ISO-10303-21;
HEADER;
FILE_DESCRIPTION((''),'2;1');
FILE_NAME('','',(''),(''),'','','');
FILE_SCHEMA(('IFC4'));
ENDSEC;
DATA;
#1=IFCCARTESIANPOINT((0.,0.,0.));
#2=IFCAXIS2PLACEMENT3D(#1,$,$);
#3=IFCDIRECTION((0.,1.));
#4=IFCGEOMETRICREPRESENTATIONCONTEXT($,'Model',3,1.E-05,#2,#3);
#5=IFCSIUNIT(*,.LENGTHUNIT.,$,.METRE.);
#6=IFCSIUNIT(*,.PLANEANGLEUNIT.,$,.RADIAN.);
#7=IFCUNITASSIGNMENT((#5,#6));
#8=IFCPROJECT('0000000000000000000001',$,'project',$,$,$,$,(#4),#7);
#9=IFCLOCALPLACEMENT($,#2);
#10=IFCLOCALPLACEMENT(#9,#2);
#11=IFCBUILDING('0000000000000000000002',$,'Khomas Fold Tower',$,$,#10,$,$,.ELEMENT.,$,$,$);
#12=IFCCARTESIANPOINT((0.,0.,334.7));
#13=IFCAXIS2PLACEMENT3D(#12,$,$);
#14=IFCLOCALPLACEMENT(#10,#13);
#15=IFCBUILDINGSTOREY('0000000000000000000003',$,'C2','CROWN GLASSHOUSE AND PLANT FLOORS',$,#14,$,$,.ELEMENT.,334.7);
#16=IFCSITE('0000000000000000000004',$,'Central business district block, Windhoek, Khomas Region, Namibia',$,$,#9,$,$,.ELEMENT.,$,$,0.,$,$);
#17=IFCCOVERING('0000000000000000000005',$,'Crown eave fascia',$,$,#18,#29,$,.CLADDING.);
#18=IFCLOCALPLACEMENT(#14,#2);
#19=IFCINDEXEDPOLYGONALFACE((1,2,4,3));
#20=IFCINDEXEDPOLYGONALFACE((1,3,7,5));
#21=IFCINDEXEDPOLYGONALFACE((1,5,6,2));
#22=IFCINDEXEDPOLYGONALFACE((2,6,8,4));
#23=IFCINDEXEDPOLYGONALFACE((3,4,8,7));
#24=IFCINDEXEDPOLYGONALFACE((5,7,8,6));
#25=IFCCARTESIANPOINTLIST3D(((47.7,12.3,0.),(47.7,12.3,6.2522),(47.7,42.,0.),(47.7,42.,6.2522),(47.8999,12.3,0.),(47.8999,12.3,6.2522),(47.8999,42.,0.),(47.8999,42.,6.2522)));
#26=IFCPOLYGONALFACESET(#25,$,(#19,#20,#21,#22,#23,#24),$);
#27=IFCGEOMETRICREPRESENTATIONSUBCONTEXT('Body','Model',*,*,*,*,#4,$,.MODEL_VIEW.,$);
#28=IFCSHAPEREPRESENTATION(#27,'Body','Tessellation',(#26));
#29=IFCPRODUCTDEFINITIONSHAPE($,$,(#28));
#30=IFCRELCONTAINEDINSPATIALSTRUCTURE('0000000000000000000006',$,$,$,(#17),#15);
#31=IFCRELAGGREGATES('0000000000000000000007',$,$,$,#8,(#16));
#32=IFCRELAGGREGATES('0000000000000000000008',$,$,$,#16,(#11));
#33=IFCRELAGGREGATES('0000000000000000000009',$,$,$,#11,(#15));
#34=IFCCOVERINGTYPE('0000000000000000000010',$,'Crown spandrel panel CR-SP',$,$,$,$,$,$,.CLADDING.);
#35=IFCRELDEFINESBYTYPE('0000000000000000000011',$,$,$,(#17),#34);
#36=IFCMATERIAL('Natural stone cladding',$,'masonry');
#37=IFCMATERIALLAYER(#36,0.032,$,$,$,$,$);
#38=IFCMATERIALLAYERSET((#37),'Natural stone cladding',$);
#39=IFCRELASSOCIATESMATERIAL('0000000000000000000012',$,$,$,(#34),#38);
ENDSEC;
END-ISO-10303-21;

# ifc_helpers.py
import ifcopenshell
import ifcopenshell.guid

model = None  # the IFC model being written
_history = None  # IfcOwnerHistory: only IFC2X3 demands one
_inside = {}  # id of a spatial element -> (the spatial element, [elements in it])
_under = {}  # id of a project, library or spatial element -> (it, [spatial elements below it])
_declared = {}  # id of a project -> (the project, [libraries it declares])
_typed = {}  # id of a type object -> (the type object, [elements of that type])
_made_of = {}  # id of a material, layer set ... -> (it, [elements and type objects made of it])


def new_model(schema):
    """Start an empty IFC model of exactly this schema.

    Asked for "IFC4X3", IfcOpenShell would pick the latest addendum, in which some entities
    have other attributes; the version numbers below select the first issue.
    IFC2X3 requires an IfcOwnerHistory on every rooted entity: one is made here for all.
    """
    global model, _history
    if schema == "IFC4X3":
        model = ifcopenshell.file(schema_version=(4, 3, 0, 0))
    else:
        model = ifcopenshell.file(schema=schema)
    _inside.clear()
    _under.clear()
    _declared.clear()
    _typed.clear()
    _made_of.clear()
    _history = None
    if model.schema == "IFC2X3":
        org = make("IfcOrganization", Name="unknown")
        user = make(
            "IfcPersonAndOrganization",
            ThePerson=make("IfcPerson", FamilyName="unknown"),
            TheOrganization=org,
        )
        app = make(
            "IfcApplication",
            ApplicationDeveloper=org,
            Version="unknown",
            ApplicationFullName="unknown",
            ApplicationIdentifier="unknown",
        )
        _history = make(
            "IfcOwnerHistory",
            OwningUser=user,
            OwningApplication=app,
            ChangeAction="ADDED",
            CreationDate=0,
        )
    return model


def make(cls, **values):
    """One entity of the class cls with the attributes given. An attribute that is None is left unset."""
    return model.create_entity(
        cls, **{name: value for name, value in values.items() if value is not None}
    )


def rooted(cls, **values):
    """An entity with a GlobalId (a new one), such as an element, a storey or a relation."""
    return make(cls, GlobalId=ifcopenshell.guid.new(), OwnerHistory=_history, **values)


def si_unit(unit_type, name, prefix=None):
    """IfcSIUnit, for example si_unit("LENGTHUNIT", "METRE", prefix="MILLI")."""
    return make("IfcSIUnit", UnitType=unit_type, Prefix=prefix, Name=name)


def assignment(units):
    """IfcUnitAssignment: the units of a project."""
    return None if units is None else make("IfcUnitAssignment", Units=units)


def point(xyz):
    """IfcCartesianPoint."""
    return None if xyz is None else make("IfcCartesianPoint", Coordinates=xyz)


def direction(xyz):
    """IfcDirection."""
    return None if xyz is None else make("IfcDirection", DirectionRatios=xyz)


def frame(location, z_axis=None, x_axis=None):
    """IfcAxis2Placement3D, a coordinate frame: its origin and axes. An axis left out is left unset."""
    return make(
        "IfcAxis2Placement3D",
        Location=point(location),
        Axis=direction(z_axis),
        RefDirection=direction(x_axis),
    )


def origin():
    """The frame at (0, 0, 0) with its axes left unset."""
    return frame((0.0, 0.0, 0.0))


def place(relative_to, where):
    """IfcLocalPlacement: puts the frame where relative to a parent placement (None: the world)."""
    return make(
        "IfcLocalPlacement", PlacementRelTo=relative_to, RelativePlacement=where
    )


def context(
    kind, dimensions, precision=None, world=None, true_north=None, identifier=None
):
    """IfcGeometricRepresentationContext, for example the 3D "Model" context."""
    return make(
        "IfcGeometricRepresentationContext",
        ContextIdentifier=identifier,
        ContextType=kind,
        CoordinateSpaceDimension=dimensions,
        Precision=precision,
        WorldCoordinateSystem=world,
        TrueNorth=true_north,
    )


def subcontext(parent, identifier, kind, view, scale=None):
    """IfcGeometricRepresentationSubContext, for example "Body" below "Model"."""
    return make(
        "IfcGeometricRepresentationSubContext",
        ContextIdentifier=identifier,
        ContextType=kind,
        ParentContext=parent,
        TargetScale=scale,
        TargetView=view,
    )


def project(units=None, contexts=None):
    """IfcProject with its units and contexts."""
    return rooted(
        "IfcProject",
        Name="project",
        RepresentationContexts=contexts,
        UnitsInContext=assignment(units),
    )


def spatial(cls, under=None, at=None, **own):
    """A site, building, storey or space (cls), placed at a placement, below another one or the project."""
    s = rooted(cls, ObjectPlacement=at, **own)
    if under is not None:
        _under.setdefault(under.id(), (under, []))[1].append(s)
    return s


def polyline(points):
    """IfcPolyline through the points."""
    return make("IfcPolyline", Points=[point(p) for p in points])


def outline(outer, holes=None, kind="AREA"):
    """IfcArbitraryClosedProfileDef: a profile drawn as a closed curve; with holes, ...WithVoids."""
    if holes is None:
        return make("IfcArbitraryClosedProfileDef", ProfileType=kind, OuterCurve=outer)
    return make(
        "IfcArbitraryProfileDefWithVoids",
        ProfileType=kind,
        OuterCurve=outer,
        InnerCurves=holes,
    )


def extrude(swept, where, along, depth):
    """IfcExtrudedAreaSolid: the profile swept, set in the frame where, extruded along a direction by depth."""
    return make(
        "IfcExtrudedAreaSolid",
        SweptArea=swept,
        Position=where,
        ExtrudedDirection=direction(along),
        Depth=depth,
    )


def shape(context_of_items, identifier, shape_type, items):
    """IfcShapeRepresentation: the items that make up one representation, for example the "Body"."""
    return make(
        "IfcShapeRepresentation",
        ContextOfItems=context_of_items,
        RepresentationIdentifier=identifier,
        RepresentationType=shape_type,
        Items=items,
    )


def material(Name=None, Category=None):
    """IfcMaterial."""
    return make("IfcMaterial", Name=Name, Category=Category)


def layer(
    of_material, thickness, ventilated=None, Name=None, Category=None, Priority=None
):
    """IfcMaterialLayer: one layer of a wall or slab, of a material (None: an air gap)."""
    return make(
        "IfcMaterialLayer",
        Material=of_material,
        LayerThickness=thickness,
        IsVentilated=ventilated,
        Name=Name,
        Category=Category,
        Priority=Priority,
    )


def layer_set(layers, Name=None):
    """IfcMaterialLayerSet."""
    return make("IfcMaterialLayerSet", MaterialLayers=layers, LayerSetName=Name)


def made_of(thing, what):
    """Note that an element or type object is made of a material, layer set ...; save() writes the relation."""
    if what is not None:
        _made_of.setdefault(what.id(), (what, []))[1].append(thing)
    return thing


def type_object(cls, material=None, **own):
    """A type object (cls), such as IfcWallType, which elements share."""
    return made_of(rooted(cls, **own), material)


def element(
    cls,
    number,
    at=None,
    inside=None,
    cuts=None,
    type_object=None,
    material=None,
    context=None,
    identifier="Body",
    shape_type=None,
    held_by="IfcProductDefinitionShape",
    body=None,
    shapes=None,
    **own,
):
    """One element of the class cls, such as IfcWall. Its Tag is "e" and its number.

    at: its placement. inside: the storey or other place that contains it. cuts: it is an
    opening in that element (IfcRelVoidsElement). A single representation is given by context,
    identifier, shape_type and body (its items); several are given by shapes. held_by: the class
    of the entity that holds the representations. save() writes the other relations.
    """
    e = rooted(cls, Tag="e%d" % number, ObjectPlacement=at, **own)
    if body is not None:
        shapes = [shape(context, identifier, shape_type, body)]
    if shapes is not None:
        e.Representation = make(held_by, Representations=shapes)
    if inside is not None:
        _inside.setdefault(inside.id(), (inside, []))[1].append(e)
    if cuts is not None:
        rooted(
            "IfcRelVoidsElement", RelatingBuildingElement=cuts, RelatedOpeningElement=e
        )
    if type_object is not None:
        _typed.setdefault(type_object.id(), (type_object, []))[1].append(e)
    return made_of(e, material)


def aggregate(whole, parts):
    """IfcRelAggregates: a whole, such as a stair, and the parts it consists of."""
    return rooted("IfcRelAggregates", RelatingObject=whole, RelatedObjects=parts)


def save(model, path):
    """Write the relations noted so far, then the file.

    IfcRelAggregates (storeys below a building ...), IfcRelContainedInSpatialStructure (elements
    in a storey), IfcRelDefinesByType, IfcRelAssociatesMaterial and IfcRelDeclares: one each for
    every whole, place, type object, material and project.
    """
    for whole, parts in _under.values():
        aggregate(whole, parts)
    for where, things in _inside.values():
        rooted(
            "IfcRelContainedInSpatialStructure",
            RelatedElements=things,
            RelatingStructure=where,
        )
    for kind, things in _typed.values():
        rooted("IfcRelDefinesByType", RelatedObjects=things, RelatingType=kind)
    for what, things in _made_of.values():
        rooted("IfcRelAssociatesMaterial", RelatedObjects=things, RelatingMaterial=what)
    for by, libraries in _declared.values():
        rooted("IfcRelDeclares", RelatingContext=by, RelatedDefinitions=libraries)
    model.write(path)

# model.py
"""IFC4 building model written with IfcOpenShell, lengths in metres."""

from ifc_helpers import new_model, si_unit, direction, frame, origin, place, context, subcontext, project, spatial, polyline, outline, extrude, material, layer, layer_set, type_object, element, save


model = new_model("IFC4")

# Units and contexts
model_context = context("Model", 3, precision=1e-05, world=origin(), true_north=direction((0.0, 1.0)))
body_context = subcontext(model_context, "Body", "Model", "MODEL_VIEW")
ifc_project = project(units=[si_unit("LENGTHUNIT", "METRE"), si_unit("PLANEANGLEUNIT", "RADIAN")], contexts=[model_context])

# Site, building, storey
site_placement = place(None, origin())
site = spatial("IfcSite", under=ifc_project, at=site_placement, Name="Central business district block, Windhoek, Khomas Region, Namibia", CompositionType="ELEMENT", RefElevation=0.0)
building_placement = place(site_placement, origin())
building = spatial("IfcBuilding", under=site, at=building_placement, Name="Khomas Fold Tower", CompositionType="ELEMENT")
storey_placement = place(building_placement, frame((0.0, 0.0, 334.7)))
storey = spatial("IfcBuildingStorey", under=building, at=storey_placement, Name="C2", Description="CROWN GLASSHOUSE AND PLANT FLOORS", CompositionType="ELEMENT", Elevation=334.7)

# Covering
ifc_material_1 = material(Name="Natural stone cladding", Category="masonry")
ifc_layer = layer(ifc_material_1, 0.032)
ifc_layer_set = layer_set([ifc_layer], Name="Natural stone cladding")
covering_type = type_object("IfcCoveringType", Name="Crown spandrel panel CR-SP", PredefinedType="CLADDING", material=ifc_layer_set)
covering_1_placement = place(storey_placement, frame((47.8999, 12.3, 0.0), z_axis=(1.0, 0.0, 0.0), x_axis=(0.0, 1.0, 0.0)))
element("IfcCovering", 1, at=covering_1_placement, inside=storey, type_object=covering_type, Name="Crown eave fascia", PredefinedType="CLADDING", context=body_context, shape_type="SweptSolid", body=[
    extrude(outline(polyline([(0.0, 0.0), (29.7, 0.0), (29.7, 6.2522), (0.0, 6.2522), (0.0, 0.0)])), origin(), (0.0, 0.0, -1.0), 0.2),
])

save(model, "model.ifc")
